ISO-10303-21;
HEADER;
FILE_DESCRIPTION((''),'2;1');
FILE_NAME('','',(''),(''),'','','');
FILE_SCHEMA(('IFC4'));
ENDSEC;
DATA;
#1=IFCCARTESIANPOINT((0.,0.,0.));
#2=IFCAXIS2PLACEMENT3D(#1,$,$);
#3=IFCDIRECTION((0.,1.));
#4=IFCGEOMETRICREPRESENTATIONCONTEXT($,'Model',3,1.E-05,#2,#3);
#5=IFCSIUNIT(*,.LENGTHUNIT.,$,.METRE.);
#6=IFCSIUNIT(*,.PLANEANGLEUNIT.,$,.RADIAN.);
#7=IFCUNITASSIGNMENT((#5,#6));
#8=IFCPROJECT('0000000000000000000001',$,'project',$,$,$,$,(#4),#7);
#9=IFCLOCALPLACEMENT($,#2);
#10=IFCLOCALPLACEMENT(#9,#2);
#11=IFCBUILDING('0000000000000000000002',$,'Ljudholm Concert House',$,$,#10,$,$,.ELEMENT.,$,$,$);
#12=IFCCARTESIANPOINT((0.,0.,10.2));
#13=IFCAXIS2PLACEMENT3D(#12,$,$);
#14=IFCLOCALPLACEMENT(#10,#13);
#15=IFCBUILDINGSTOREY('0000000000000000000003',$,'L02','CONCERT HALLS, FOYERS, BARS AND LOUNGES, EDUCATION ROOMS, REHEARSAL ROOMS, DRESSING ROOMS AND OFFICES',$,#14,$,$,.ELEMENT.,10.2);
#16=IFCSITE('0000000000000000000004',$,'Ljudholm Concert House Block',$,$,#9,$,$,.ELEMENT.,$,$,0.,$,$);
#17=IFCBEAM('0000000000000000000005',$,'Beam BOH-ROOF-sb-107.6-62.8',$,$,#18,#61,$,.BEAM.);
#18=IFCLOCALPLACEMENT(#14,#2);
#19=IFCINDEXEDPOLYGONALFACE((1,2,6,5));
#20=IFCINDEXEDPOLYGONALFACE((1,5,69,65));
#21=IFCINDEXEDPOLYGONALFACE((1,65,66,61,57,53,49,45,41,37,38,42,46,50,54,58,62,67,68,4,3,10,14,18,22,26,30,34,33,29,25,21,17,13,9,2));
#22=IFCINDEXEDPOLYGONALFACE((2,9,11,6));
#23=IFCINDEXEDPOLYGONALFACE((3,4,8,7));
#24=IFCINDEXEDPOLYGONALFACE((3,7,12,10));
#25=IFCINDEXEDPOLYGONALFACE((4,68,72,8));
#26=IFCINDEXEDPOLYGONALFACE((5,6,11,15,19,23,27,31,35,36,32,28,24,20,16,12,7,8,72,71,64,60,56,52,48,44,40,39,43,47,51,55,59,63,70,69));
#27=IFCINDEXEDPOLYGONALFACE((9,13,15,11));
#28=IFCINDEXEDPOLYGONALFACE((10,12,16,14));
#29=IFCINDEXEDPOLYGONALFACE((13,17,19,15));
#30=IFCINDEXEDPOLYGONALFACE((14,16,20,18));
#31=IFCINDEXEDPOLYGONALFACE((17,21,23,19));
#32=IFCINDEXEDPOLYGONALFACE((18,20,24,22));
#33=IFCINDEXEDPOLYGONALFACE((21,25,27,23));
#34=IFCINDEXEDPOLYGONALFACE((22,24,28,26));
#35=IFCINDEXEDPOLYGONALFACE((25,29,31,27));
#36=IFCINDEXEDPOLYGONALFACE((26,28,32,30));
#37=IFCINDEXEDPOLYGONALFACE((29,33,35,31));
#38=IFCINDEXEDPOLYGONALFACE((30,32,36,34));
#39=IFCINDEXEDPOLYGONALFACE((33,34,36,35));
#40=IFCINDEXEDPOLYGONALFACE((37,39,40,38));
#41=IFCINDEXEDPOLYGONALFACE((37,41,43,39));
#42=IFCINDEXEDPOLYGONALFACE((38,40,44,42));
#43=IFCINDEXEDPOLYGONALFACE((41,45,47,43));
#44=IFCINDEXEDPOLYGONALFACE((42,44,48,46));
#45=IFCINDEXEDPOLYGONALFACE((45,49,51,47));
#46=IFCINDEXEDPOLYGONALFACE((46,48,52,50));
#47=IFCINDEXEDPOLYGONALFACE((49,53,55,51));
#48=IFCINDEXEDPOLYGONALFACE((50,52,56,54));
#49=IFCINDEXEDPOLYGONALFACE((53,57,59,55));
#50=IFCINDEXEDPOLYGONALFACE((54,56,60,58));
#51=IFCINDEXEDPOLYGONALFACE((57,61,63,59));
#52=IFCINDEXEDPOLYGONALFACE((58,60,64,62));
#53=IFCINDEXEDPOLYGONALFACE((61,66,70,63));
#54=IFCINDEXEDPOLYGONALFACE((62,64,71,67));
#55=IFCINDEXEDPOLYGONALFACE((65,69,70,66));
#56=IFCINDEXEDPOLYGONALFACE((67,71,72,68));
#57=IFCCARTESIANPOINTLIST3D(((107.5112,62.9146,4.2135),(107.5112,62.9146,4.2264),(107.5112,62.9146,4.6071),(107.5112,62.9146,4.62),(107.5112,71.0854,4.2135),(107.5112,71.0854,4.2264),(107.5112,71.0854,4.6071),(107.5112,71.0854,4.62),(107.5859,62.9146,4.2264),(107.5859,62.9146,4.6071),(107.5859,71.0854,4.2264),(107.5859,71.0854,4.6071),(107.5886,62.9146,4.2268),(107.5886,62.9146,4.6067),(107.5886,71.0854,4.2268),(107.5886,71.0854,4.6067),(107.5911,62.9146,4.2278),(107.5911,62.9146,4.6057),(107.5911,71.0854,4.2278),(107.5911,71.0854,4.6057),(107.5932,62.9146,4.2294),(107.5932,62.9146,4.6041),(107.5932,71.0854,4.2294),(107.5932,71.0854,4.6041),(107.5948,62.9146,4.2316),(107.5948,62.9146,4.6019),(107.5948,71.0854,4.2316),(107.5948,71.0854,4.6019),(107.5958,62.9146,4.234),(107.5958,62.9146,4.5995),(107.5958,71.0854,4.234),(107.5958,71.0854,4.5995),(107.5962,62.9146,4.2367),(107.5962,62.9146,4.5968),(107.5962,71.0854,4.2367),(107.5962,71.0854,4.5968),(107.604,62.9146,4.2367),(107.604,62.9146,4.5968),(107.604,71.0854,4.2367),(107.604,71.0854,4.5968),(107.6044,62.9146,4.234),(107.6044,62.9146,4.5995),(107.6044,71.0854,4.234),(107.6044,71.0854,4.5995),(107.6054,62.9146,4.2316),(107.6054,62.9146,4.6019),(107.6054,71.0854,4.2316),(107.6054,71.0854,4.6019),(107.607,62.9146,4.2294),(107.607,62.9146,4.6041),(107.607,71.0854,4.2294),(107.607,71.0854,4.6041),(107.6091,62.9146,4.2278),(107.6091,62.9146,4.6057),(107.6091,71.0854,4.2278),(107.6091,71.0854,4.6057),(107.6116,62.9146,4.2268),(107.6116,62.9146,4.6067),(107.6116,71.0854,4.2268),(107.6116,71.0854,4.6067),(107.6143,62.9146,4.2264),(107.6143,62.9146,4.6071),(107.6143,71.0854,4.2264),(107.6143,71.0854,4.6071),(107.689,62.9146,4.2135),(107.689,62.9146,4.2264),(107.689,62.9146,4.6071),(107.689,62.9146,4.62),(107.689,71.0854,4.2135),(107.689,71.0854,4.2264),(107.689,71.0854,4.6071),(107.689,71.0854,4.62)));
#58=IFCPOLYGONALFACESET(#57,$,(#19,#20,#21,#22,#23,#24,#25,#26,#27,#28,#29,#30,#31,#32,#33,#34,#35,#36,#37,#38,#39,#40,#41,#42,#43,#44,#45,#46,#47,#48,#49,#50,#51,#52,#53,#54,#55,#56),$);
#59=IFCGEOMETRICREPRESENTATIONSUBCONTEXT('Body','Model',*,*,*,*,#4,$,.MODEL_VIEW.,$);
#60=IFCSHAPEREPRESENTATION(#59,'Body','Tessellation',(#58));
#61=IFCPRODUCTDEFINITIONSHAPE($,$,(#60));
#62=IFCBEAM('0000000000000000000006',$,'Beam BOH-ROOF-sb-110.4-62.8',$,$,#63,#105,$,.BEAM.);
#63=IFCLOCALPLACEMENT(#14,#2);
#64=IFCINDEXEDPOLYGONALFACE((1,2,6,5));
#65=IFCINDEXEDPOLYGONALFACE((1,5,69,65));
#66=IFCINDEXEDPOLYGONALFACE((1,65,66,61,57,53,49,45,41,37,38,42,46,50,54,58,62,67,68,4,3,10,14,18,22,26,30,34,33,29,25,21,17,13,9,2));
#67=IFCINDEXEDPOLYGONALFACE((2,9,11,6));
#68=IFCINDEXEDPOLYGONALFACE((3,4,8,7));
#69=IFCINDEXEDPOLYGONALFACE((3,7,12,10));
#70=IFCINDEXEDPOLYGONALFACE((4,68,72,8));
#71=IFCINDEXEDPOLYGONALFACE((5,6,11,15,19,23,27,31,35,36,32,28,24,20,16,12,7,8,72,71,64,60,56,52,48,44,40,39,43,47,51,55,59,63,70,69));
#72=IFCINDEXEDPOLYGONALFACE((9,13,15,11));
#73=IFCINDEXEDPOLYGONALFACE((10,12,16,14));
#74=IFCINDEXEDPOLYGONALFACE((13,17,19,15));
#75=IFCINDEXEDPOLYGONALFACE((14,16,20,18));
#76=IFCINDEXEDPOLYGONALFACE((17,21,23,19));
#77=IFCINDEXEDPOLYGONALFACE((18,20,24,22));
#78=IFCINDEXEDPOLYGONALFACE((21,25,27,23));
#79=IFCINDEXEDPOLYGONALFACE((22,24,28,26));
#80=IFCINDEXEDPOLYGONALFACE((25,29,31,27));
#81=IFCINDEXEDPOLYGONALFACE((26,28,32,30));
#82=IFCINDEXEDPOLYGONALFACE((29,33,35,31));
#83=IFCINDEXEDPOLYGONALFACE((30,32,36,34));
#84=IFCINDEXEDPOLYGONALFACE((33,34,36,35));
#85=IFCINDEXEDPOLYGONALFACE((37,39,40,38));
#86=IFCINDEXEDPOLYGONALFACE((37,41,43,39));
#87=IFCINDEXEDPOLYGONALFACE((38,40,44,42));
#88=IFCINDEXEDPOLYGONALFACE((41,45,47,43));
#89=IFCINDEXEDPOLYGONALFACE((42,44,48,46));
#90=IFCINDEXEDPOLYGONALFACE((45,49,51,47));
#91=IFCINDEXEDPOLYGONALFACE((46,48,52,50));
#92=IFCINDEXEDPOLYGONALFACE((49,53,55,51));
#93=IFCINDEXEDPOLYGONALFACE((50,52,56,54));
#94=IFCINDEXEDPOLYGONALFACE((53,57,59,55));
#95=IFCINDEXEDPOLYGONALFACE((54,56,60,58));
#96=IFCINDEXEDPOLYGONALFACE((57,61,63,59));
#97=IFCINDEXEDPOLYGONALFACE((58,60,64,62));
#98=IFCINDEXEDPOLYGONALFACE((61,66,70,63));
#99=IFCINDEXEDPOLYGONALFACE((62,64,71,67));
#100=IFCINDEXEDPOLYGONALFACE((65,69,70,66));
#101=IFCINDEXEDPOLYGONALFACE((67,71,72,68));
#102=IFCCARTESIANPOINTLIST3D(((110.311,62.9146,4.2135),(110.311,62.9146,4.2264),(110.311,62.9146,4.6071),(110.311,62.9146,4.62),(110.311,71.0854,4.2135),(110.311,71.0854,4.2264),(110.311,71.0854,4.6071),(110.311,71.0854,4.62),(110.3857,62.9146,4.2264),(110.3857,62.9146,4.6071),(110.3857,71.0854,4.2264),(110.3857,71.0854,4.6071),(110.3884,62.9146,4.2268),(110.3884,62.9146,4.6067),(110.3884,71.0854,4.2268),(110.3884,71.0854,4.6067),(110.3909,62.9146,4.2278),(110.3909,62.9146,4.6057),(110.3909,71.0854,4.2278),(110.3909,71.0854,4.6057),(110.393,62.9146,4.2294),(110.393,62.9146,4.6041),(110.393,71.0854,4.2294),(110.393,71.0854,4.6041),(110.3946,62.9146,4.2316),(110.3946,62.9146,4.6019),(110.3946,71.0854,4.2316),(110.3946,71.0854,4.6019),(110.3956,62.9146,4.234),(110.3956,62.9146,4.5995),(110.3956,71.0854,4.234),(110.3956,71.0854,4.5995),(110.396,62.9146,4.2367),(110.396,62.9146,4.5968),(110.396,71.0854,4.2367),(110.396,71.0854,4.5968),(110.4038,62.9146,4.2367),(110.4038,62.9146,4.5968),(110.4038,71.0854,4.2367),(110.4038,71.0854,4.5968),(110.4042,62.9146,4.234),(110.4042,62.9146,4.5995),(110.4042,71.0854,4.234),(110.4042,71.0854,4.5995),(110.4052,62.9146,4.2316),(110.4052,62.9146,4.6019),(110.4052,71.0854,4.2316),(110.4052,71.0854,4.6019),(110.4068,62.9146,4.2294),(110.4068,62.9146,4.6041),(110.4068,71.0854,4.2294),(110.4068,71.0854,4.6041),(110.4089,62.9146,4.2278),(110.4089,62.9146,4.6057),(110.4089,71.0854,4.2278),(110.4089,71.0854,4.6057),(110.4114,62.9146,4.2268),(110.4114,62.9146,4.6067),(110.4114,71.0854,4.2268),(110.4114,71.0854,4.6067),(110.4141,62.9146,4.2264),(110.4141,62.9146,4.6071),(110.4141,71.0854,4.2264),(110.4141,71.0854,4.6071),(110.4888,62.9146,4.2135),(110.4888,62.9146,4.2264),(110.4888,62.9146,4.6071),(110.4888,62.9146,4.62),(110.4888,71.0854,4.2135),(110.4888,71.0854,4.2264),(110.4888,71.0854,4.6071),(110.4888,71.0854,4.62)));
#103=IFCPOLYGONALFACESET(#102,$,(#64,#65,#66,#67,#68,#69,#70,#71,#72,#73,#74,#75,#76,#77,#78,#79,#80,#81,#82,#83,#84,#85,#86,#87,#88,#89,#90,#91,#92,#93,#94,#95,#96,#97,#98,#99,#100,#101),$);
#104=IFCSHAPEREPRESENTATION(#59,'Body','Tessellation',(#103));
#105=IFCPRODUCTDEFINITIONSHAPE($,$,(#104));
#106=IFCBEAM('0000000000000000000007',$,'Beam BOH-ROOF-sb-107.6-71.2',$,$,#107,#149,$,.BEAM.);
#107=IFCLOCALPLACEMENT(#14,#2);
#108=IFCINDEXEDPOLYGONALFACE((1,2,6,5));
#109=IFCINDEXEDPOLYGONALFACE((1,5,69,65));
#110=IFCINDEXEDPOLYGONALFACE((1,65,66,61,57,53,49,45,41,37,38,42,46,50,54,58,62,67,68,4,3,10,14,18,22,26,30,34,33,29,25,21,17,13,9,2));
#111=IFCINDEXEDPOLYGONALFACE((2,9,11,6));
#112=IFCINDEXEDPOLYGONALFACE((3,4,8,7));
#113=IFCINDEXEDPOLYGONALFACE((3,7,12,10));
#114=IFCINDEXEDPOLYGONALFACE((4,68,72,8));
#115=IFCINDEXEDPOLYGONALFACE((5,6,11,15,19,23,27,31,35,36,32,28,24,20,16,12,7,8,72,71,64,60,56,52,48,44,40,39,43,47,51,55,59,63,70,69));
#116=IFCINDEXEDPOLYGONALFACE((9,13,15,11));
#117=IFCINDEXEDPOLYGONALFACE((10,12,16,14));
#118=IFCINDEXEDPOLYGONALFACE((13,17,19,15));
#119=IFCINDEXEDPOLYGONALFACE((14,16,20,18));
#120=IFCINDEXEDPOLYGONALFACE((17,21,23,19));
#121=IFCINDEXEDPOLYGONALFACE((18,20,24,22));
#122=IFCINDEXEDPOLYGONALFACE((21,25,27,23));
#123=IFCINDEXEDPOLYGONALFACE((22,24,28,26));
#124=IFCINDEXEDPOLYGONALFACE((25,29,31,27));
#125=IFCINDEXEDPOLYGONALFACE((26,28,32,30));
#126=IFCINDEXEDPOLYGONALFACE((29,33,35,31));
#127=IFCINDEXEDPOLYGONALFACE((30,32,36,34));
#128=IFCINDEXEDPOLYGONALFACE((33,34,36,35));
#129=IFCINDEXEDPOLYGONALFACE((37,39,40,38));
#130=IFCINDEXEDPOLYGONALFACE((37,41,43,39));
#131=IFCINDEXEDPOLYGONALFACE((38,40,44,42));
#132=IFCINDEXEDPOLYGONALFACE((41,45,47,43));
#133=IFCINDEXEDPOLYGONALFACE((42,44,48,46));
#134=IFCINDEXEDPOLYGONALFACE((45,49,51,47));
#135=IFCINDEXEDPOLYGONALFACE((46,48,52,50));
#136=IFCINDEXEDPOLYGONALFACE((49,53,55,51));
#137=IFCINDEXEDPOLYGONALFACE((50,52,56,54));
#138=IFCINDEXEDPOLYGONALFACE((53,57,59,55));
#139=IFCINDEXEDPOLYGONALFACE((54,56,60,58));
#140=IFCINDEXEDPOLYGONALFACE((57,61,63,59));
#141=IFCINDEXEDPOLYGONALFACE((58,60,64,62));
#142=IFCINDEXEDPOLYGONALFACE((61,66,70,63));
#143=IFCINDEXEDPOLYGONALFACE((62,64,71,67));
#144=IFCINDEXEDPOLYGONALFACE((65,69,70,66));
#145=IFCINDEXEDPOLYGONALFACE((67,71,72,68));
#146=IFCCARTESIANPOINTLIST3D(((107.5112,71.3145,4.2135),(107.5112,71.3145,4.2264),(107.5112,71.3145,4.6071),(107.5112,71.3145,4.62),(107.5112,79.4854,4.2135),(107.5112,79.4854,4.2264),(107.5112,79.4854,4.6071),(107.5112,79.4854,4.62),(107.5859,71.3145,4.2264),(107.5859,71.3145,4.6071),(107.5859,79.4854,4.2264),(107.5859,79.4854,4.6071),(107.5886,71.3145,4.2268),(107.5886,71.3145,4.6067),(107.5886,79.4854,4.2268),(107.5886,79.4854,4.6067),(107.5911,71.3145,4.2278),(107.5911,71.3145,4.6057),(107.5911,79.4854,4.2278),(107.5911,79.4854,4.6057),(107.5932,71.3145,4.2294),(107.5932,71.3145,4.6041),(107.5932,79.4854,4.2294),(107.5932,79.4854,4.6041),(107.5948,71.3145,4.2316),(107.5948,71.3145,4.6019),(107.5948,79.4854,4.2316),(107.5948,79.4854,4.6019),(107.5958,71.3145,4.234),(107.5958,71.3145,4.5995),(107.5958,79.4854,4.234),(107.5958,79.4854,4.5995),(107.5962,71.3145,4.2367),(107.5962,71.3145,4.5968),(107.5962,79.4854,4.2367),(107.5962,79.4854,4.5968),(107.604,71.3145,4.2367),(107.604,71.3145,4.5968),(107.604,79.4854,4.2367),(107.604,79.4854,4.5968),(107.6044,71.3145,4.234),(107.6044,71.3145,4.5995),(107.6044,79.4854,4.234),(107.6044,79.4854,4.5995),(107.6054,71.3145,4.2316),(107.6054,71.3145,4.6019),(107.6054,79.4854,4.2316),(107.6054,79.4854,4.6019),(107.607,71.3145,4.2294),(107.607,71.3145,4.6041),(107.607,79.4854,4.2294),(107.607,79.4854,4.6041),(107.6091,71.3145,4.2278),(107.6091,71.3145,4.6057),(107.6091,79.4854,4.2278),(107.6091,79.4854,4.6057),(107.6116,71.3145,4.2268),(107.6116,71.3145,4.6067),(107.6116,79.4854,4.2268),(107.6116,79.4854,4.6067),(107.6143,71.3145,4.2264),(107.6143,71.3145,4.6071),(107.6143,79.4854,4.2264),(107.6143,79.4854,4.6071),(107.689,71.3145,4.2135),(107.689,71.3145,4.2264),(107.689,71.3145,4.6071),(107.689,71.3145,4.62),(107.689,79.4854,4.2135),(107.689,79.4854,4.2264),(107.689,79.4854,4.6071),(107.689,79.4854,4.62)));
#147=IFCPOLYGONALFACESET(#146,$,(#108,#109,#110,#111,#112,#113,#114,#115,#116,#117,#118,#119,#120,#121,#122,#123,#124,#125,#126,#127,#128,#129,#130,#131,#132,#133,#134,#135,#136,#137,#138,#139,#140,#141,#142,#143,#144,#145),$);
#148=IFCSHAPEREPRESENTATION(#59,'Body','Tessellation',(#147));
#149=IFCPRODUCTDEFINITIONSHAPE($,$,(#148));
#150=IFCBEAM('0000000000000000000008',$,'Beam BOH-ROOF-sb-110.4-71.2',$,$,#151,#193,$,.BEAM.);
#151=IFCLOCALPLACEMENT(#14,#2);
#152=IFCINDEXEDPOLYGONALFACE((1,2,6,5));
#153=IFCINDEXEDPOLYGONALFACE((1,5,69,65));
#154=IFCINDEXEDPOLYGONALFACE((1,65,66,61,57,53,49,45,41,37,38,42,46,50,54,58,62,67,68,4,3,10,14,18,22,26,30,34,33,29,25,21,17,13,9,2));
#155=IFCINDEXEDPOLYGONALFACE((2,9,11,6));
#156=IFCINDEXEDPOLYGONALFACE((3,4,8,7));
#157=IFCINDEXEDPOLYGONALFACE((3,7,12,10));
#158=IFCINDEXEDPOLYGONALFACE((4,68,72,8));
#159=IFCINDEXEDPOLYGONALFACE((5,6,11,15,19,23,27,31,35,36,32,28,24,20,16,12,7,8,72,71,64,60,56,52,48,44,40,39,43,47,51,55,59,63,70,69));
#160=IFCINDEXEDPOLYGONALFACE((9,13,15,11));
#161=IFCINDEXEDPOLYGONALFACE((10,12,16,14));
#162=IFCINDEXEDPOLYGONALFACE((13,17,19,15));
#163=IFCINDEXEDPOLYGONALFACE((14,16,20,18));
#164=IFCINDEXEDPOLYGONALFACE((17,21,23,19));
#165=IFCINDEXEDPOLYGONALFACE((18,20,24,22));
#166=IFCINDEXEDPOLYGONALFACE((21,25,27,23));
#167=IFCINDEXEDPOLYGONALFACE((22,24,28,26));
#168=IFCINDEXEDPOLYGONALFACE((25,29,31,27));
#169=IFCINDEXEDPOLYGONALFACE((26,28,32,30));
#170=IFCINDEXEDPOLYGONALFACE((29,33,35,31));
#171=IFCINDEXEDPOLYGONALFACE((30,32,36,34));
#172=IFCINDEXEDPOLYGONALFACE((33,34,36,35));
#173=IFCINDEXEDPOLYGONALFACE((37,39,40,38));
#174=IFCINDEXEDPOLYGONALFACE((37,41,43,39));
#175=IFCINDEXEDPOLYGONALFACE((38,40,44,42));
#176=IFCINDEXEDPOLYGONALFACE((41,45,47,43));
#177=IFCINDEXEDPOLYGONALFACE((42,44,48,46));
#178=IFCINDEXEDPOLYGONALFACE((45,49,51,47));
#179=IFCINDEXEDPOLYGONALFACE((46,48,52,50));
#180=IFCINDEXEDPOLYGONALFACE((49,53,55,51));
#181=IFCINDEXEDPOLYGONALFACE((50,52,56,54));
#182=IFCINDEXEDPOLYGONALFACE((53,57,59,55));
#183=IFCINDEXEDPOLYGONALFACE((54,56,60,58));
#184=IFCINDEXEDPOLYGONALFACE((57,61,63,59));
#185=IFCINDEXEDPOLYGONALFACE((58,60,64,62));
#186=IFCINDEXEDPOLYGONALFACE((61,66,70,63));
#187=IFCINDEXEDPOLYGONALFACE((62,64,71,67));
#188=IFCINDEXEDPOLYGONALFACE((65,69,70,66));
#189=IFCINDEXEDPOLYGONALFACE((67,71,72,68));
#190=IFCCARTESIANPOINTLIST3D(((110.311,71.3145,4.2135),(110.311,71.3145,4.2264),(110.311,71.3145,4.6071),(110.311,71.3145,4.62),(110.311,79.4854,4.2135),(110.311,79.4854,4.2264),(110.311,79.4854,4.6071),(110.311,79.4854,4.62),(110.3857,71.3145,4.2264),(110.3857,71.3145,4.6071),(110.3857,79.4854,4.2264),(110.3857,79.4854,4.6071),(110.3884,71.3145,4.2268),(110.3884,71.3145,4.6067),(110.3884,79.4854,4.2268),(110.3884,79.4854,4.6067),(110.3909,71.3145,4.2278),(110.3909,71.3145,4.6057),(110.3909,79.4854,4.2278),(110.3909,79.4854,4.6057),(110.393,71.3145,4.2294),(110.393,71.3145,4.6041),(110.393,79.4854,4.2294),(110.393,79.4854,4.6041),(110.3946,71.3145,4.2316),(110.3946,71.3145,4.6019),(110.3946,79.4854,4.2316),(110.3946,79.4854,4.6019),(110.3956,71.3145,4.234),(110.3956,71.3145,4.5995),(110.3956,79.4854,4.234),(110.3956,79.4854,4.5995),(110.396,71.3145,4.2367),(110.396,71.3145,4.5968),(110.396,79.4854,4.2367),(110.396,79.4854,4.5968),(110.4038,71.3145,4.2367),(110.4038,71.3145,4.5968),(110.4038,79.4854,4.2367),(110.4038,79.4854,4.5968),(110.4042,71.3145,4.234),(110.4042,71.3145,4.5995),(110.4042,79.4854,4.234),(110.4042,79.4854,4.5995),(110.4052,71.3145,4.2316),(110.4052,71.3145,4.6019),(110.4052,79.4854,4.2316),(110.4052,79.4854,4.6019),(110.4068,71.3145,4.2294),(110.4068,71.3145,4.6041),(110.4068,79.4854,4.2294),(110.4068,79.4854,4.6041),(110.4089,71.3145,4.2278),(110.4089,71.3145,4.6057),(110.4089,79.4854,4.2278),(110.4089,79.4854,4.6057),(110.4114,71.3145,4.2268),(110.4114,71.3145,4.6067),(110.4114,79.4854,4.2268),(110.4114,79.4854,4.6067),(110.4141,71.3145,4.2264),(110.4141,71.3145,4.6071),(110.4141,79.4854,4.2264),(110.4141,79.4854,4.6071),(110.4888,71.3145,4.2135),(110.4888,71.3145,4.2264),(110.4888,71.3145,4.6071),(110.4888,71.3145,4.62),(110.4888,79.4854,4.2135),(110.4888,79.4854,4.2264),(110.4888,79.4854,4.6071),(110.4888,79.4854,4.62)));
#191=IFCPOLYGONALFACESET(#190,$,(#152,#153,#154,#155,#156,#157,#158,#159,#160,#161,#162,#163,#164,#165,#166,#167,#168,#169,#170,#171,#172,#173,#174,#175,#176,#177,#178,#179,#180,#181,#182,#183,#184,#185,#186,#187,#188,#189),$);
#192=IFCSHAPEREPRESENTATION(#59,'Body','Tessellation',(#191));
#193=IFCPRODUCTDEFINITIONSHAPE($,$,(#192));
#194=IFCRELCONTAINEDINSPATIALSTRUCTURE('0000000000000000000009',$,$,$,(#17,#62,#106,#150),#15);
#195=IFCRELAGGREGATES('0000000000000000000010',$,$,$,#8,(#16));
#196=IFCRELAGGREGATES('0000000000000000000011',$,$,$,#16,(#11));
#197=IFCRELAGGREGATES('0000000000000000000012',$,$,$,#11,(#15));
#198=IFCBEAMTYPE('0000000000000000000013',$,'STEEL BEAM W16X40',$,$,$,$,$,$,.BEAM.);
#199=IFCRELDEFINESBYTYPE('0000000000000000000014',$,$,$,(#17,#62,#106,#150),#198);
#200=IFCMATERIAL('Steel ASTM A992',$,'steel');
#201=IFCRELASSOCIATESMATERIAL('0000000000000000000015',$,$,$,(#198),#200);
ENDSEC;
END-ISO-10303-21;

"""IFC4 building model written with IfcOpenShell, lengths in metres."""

from ifc_helpers import new_model, si_unit, direction, frame, origin, origin_2d, place, context, subcontext, project, spatial, i_section, extrude, material, material_profile, profile_set, type_object, element, save


model = new_model("IFC4")

# Units and contexts
model_context = context("Model", 3, precision=1e-05, world=origin(), true_north=direction((0.0, 1.0)))
body_context = subcontext(model_context, "Body", "Model", "MODEL_VIEW")
ifc_project = project(units=[si_unit("LENGTHUNIT", "METRE"), si_unit("PLANEANGLEUNIT", "RADIAN")], contexts=[model_context])

# Site, building, storey
site_placement = place(None, origin())
site = spatial("IfcSite", under=ifc_project, at=site_placement, Name="Ljudholm Concert House Block", CompositionType="ELEMENT", RefElevation=0.0)
building_placement = place(site_placement, origin())
building = spatial("IfcBuilding", under=site, at=building_placement, Name="Ljudholm Concert House", CompositionType="ELEMENT")
storey_placement = place(building_placement, frame((0.0, 0.0, 10.2)))
storey = spatial("IfcBuildingStorey", under=building, at=storey_placement, Name="L02", Description="CONCERT HALLS, FOYERS, BARS AND LOUNGES, EDUCATION ROOMS, REHEARSAL ROOMS, DRESSING ROOMS AND OFFICES", CompositionType="ELEMENT", Elevation=10.2)

# Beams
ifc_material_1 = material(Name="Steel ASTM A992", Category="steel")
ifc_material_profile_1 = material_profile(ifc_material_1, i_section(OverallWidth=0.1777, OverallDepth=0.4065, WebThickness=0.0078, FlangeThickness=0.0129, FilletRadius=0.0103, at=origin_2d()), Name="W16X40")
ifc_profile_set_1 = profile_set([ifc_material_profile_1], Name="Steel ASTM A992")
beam_type_1 = type_object("IfcBeamType", Name="STEEL BEAM W16X40", PredefinedType="BEAM", material=ifc_profile_set_1)
for number, where, z_axis, x_axis, name in (
    (1, (107.6001, 62.9146, 4.4167), (0.0, 1.0, 0.0), (-1.0, 0.0, 0.0), "Beam BOH-ROOF-sb-107.6-62.8"),
    (2, (110.3999, 62.9146, 4.4167), (0.0, 1.0, 0.0), (-1.0, 0.0, 0.0), "Beam BOH-ROOF-sb-110.4-62.8"),
    (3, (107.6001, 71.3145, 4.4167), (0.0, 1.0, 0.0), (-1.0, 0.0, 0.0), "Beam BOH-ROOF-sb-107.6-71.2"),
    (4, (110.3999, 71.3145, 4.4167), (0.0, 1.0, 0.0), (-1.0, 0.0, 0.0), "Beam BOH-ROOF-sb-110.4-71.2"),
):
    element("IfcBeam", number, at=place(storey_placement, frame(where, z_axis=z_axis, x_axis=x_axis)), inside=storey, type_object=beam_type_1, Name=name, PredefinedType="BEAM", context=body_context, shape_type="SweptSolid", body=[
        extrude(i_section(OverallWidth=0.1777, OverallDepth=0.4065, WebThickness=0.0078, FlangeThickness=0.0129, FilletRadius=0.0103, at=origin_2d()), origin(), (0.0, 0.0, 1.0), 8.1709),
    ])

save(model, "model.ifc")
